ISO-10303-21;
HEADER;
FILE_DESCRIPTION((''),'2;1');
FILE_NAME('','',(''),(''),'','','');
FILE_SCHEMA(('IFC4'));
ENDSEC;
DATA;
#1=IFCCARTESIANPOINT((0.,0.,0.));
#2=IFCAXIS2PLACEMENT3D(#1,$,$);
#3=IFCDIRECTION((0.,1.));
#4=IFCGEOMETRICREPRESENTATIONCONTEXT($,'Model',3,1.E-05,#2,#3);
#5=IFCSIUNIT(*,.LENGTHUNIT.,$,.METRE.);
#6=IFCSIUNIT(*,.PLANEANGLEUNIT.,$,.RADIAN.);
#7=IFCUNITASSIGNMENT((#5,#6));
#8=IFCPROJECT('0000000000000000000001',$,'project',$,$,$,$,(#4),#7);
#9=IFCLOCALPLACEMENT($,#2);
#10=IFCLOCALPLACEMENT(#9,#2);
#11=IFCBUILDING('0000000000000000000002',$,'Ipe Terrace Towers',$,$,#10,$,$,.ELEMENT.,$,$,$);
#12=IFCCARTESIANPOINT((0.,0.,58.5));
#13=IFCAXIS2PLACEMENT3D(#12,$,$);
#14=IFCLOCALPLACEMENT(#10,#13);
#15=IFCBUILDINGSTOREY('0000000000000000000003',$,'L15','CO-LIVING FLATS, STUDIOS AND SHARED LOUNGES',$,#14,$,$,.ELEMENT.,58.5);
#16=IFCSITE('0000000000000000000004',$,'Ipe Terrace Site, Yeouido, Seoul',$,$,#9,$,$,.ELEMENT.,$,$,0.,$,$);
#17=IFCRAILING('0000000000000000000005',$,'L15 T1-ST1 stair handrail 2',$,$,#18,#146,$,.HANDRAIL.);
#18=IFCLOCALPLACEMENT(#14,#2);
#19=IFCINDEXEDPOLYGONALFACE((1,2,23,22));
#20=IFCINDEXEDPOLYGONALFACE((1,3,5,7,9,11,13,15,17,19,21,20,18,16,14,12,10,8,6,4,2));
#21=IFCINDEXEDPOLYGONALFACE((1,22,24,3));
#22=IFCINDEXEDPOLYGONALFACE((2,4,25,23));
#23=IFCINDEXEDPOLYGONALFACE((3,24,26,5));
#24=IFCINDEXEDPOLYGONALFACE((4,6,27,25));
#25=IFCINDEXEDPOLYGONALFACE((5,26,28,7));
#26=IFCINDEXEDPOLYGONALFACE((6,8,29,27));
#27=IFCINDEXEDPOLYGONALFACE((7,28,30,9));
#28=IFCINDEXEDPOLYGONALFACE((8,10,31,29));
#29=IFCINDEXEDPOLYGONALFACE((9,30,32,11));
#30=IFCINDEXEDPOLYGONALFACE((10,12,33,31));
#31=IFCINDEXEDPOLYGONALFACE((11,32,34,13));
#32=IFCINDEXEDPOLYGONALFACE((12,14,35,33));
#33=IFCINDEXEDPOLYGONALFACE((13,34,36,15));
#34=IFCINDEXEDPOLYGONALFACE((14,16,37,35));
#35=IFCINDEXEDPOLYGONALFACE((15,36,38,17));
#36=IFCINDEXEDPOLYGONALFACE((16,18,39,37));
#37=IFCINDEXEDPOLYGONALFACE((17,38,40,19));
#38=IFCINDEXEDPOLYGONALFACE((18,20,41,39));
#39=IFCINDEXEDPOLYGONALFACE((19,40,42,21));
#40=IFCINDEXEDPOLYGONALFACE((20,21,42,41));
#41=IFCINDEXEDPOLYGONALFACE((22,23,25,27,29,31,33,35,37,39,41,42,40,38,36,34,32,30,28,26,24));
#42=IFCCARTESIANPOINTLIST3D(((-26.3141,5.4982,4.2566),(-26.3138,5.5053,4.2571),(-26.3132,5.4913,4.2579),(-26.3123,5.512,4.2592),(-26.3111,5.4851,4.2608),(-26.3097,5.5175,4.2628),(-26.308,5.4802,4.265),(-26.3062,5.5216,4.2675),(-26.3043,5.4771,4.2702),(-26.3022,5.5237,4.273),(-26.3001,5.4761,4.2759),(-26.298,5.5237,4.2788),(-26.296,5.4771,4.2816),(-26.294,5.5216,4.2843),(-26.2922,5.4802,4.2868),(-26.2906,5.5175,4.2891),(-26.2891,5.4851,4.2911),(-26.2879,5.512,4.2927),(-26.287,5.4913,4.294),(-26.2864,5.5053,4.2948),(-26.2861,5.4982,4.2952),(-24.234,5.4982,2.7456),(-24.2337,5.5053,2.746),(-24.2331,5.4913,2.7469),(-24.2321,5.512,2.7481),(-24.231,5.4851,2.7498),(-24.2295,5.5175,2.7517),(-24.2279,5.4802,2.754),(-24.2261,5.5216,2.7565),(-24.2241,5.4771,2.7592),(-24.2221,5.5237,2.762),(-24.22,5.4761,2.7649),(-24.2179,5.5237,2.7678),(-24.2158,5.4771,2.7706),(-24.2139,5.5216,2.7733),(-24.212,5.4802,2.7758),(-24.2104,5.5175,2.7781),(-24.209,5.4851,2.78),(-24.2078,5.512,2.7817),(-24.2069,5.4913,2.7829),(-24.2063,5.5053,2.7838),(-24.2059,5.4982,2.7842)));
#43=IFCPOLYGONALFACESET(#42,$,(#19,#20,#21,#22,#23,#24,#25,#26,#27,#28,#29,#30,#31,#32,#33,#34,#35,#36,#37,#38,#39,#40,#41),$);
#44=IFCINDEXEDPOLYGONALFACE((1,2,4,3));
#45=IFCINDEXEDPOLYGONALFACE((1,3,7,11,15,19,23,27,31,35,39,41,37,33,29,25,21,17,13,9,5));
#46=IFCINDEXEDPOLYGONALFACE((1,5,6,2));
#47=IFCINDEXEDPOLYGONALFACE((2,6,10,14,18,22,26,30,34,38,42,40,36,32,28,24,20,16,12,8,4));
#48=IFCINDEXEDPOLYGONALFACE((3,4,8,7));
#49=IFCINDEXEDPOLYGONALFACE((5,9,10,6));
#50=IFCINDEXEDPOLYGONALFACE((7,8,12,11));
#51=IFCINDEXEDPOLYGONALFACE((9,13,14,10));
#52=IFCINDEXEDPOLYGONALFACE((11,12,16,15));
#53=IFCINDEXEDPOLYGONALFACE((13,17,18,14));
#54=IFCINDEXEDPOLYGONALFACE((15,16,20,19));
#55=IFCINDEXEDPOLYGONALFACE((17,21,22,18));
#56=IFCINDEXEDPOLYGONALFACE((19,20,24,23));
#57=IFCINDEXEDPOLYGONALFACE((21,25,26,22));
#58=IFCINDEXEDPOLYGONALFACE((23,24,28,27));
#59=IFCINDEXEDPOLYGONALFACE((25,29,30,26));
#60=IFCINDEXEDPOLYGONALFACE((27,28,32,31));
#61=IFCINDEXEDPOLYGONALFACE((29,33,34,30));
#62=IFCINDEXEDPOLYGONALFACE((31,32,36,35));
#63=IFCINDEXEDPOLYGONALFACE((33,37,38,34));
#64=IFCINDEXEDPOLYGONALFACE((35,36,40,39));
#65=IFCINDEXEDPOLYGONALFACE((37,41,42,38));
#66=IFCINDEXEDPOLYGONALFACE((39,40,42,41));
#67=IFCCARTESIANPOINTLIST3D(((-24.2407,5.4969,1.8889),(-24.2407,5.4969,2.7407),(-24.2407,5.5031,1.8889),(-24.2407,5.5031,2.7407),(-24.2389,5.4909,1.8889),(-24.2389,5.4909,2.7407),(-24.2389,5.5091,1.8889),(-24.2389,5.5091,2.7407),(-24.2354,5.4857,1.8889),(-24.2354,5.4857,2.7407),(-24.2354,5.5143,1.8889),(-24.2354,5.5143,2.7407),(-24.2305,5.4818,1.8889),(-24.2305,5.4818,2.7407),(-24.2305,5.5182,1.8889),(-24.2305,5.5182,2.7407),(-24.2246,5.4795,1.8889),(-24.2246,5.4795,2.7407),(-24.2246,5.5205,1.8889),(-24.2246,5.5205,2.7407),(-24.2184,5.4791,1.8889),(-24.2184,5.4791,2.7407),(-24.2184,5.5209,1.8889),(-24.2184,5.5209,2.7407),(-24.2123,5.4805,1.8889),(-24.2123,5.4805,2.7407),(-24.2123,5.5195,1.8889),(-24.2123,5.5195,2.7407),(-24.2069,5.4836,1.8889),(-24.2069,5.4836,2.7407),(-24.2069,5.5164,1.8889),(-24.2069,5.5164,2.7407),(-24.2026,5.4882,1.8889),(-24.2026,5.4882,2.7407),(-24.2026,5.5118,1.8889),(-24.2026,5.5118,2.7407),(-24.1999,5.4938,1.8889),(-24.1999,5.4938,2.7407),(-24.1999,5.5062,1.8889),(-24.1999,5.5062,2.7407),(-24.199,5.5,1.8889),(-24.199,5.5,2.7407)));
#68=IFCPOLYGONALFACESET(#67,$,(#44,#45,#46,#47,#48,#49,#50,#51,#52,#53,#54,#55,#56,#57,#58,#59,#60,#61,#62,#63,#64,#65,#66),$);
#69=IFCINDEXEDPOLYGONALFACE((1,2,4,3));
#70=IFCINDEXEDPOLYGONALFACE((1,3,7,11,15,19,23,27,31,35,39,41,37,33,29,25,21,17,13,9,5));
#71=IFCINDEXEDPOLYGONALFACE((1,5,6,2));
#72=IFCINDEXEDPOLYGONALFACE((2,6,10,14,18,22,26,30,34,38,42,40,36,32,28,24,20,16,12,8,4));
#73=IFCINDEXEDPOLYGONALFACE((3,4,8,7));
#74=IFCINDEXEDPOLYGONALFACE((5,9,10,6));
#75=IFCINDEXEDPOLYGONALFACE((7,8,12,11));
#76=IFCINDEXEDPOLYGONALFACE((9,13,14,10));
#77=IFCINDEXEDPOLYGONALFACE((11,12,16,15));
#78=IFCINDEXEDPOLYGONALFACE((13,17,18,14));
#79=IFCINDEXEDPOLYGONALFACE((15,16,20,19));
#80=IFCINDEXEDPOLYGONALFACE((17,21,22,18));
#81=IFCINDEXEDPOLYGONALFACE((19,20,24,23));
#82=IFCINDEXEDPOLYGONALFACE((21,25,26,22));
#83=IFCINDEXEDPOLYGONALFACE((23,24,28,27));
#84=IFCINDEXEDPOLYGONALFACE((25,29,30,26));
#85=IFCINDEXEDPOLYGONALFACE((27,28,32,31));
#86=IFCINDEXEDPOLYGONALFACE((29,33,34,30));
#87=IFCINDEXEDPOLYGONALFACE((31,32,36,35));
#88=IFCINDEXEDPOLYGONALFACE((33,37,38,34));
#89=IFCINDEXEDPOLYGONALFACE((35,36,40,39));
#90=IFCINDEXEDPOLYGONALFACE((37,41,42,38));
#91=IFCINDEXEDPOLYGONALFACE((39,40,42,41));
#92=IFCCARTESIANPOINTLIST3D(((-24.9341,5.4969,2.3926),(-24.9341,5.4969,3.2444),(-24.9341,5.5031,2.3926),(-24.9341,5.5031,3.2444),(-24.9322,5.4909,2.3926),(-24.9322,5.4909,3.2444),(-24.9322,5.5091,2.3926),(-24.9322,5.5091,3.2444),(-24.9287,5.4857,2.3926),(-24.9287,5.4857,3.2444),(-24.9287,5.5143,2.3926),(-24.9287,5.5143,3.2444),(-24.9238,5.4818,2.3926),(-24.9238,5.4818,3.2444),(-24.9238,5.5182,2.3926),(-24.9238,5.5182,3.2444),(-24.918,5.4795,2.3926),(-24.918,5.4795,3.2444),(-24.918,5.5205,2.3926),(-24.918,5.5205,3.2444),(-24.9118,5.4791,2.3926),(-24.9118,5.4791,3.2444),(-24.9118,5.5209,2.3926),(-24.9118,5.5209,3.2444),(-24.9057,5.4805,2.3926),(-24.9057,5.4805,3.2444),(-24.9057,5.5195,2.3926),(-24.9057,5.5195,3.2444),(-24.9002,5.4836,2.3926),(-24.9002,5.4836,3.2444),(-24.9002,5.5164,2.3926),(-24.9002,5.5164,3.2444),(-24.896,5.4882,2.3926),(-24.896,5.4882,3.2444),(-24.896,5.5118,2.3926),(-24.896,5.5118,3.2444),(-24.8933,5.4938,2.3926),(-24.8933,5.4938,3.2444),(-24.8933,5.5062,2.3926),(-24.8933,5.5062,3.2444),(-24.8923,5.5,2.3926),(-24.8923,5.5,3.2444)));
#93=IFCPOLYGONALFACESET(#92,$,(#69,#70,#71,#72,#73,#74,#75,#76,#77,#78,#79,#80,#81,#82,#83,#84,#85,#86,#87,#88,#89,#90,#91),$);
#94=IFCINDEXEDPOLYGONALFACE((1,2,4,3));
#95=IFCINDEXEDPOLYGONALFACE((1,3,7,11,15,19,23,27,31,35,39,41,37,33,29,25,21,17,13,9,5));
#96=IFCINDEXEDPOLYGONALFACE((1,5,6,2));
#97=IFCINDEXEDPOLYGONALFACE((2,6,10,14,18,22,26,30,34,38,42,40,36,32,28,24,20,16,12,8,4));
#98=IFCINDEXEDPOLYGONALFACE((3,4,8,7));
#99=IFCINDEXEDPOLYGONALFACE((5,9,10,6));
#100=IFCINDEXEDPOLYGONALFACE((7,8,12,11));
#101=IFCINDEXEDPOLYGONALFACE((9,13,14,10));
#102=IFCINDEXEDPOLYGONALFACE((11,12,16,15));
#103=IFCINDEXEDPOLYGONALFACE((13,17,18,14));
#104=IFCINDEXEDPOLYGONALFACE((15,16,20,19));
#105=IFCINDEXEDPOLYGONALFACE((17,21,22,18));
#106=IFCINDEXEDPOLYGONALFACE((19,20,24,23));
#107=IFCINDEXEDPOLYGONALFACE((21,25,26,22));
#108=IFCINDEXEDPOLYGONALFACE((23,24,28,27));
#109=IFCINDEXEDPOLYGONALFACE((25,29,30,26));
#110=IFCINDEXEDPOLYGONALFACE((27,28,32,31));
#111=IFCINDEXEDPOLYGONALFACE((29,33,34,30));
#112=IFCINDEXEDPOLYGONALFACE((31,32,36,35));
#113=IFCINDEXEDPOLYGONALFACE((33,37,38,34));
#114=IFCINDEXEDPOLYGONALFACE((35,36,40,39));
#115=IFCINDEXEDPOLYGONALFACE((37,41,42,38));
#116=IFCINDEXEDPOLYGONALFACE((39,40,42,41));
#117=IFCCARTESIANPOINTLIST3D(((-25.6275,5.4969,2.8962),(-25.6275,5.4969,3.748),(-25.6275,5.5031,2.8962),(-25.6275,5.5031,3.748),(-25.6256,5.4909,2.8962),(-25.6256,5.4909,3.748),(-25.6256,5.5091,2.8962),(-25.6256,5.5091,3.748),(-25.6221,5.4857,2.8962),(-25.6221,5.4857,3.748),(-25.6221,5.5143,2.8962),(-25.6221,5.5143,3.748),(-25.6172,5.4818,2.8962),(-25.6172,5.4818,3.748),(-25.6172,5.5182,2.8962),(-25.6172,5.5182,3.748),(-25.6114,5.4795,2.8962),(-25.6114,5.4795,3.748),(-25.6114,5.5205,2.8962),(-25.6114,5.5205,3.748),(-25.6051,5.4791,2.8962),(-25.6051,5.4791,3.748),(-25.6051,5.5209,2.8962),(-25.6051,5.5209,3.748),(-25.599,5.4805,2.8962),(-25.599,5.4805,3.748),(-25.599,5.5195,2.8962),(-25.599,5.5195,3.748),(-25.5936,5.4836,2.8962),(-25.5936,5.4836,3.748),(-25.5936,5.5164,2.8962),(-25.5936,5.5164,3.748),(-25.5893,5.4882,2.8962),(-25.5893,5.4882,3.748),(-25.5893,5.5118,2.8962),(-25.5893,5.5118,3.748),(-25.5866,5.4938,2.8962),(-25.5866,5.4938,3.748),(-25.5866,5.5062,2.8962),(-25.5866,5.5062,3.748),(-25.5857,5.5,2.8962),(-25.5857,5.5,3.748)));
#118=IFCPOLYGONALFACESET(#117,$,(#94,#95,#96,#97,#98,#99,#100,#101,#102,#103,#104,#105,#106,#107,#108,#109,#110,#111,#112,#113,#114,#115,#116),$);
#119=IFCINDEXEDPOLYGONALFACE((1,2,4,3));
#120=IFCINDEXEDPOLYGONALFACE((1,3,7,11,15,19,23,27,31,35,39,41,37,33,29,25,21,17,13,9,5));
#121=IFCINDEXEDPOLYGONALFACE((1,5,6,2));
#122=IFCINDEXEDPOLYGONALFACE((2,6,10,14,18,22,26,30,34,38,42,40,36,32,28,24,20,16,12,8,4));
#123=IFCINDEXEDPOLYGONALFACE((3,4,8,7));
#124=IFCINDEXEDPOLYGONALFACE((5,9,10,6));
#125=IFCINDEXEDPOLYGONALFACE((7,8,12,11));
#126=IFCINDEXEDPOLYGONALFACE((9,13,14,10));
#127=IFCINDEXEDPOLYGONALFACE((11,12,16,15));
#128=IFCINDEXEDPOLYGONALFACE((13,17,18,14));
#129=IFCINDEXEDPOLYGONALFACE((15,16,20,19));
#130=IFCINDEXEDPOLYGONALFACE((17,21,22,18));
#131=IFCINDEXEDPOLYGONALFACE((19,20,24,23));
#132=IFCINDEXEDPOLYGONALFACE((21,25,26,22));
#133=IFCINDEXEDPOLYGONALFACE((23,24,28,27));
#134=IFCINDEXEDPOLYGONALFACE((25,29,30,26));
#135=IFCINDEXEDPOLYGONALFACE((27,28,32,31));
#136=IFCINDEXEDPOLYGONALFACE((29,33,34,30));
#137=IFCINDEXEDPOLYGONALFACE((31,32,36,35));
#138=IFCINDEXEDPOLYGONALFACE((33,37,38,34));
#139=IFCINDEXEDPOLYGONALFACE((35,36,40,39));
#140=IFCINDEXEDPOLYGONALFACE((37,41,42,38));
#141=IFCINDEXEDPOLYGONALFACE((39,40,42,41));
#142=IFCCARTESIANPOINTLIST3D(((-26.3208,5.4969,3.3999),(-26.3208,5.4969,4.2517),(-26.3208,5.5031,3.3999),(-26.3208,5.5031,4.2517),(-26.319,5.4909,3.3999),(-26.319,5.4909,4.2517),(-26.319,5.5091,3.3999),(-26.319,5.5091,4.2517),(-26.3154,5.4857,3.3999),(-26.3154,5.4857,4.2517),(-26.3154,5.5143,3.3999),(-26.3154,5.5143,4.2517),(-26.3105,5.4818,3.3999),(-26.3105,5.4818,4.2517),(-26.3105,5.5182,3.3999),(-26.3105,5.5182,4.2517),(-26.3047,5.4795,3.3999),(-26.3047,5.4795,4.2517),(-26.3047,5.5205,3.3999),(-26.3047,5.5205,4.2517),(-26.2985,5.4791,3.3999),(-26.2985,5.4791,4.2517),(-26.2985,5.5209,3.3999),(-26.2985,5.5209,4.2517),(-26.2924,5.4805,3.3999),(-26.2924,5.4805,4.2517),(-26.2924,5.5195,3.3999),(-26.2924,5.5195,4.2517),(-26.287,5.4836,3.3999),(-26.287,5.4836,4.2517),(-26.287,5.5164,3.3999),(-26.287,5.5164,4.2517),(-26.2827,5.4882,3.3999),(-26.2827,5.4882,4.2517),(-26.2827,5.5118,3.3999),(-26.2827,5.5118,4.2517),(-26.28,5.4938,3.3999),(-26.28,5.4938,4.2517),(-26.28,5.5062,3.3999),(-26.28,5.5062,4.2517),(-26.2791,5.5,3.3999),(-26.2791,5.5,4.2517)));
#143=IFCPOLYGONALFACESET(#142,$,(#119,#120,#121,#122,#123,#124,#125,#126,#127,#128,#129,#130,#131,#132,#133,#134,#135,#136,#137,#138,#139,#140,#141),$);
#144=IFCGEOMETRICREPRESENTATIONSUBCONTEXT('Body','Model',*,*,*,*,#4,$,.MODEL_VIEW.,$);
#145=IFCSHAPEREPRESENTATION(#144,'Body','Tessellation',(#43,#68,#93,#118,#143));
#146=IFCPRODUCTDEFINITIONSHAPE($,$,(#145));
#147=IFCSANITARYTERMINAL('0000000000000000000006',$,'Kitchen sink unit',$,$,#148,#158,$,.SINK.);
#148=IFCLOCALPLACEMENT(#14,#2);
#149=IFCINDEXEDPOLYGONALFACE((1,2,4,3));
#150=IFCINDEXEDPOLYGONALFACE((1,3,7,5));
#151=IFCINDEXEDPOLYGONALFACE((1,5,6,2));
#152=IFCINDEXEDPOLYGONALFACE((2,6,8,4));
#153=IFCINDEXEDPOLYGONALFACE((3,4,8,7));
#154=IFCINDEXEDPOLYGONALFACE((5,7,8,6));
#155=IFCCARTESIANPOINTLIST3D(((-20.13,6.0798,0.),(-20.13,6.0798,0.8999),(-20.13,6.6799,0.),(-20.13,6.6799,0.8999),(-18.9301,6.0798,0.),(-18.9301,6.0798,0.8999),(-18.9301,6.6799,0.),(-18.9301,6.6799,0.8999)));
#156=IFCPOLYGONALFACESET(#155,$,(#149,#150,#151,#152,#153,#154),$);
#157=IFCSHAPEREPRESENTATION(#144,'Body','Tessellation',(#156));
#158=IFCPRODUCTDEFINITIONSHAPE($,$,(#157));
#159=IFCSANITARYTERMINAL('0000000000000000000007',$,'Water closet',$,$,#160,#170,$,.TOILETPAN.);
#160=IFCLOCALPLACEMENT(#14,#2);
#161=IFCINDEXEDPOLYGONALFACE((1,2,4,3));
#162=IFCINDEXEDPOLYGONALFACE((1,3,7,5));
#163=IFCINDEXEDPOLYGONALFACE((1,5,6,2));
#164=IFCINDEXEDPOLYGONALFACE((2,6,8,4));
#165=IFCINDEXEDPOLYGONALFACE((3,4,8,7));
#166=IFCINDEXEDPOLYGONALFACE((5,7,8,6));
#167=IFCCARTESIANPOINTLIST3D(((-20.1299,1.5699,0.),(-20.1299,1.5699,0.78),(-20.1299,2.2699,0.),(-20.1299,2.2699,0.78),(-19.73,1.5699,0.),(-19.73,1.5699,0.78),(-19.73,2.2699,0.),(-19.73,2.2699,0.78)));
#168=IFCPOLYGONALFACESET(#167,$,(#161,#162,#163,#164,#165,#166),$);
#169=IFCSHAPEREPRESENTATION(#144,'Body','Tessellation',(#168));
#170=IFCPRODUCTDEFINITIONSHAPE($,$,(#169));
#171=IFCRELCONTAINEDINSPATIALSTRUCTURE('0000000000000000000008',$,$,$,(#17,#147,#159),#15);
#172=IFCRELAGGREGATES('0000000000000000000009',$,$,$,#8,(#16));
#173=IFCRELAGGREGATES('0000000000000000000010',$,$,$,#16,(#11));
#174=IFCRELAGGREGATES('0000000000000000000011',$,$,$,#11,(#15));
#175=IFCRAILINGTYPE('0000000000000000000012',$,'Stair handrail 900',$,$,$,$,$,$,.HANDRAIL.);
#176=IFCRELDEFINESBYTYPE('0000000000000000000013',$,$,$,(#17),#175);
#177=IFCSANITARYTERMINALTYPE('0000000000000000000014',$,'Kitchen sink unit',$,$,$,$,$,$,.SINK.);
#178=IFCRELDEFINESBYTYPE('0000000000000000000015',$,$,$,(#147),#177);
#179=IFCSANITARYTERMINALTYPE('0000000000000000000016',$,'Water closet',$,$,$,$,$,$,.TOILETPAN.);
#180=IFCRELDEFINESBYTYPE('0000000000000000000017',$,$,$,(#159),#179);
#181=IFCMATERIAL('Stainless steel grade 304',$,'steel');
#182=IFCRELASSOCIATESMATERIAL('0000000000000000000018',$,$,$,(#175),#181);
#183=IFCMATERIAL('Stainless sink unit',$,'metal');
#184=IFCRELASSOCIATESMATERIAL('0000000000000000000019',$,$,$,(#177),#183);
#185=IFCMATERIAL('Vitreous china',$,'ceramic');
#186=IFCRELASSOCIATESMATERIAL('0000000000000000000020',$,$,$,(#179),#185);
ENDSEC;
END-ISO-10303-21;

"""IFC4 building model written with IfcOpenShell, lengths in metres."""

from ifc_helpers import new_model, si_unit, direction, frame, origin, origin_2d, place, context, subcontext, project, spatial, rectangle, circle, extrude, material, type_object, element, save


model = new_model("IFC4")

# Units and contexts
model_context = context("Model", 3, precision=1e-05, world=origin(), true_north=direction((0.0, 1.0)))
body_context = subcontext(model_context, "Body", "Model", "MODEL_VIEW")
ifc_project = project(units=[si_unit("LENGTHUNIT", "METRE"), si_unit("PLANEANGLEUNIT", "RADIAN")], contexts=[model_context])

# Site, building, storey
site_placement = place(None, origin())
site = spatial("IfcSite", under=ifc_project, at=site_placement, Name="Ipe Terrace Site, Yeouido, Seoul", CompositionType="ELEMENT", RefElevation=0.0)
building_placement = place(site_placement, origin())
building = spatial("IfcBuilding", under=site, at=building_placement, Name="Ipe Terrace Towers", CompositionType="ELEMENT")
storey_placement = place(building_placement, frame((0.0, 0.0, 58.5)))
storey = spatial("IfcBuildingStorey", under=building, at=storey_placement, Name="L15", Description="CO-LIVING FLATS, STUDIOS AND SHARED LOUNGES", CompositionType="ELEMENT", Elevation=58.5)

# Railing
ifc_material_1 = material(Name="Stainless steel grade 304", Category="steel")
railing_type_1 = type_object("IfcRailingType", Name="Stair handrail 900", PredefinedType="HANDRAIL", material=ifc_material_1)
railing_1_placement = place(storey_placement, frame((-24.22, 5.5, 1.8889)))
element("IfcRailing", 1, at=railing_1_placement, inside=storey, type_object=railing_type_1, Name="L15 T1-ST1 stair handrail 2", PredefinedType="HANDRAIL", context=body_context, shape_type="SweptSolid", body=[
    extrude(circle(Radius=0.0239, at=origin_2d()), frame((0.0, 0.0, 0.876), z_axis=(-0.809069, 0.0, 0.587714), x_axis=(0.0, -1.0, 0.0)), (0.0, 0.0, 1.0), 2.571),
    extrude(circle(Radius=0.021, at=origin_2d()), origin(), (0.0, 0.0, 1.0), 0.8518),
    extrude(circle(Radius=0.021, at=origin_2d()), frame((-0.6934, 0.0, 0.5037)), (0.0, 0.0, 1.0), 0.8518),
    extrude(circle(Radius=0.021, at=origin_2d()), frame((-1.3867, 0.0, 1.0073)), (0.0, 0.0, 1.0), 0.8518),
    extrude(circle(Radius=0.021, at=origin_2d()), frame((-2.0801, 0.0, 1.511)), (0.0, 0.0, 1.0), 0.8518),
])

# Sanitary terminals
ifc_material_2 = material(Name="Stainless sink unit", Category="metal")
sanitary_terminal_type_1 = type_object("IfcSanitaryTerminalType", Name="Kitchen sink unit", PredefinedType="SINK", material=ifc_material_2)
sanitary_terminal_1_placement = place(storey_placement, frame((-19.53, 6.3799, 0.0), z_axis=(0.0, 0.0, 1.0), x_axis=(1.0, 0.0, 0.0)))
element("IfcSanitaryTerminal", 2, at=sanitary_terminal_1_placement, inside=storey, type_object=sanitary_terminal_type_1, Name="Kitchen sink unit", PredefinedType="SINK", context=body_context, shape_type="SweptSolid", body=[
    extrude(rectangle(XDim=1.2, YDim=0.6001, at=origin_2d()), origin(), (0.0, 0.0, 1.0), 0.8999),
])
ifc_material_3 = material(Name="Vitreous china", Category="ceramic")
sanitary_terminal_type_2 = type_object("IfcSanitaryTerminalType", Name="Water closet", PredefinedType="TOILETPAN", material=ifc_material_3)
sanitary_terminal_2_placement = place(storey_placement, frame((-19.9299, 1.9199, 0.0), z_axis=(0.0, 0.0, 1.0), x_axis=(0.0, 1.0, 0.0)))
element("IfcSanitaryTerminal", 3, at=sanitary_terminal_2_placement, inside=storey, type_object=sanitary_terminal_type_2, Name="Water closet", PredefinedType="TOILETPAN", context=body_context, shape_type="SweptSolid", body=[
    extrude(rectangle(XDim=0.7, YDim=0.3999, at=origin_2d()), origin(), (0.0, 0.0, 1.0), 0.78),
])

save(model, "model.ifc")
